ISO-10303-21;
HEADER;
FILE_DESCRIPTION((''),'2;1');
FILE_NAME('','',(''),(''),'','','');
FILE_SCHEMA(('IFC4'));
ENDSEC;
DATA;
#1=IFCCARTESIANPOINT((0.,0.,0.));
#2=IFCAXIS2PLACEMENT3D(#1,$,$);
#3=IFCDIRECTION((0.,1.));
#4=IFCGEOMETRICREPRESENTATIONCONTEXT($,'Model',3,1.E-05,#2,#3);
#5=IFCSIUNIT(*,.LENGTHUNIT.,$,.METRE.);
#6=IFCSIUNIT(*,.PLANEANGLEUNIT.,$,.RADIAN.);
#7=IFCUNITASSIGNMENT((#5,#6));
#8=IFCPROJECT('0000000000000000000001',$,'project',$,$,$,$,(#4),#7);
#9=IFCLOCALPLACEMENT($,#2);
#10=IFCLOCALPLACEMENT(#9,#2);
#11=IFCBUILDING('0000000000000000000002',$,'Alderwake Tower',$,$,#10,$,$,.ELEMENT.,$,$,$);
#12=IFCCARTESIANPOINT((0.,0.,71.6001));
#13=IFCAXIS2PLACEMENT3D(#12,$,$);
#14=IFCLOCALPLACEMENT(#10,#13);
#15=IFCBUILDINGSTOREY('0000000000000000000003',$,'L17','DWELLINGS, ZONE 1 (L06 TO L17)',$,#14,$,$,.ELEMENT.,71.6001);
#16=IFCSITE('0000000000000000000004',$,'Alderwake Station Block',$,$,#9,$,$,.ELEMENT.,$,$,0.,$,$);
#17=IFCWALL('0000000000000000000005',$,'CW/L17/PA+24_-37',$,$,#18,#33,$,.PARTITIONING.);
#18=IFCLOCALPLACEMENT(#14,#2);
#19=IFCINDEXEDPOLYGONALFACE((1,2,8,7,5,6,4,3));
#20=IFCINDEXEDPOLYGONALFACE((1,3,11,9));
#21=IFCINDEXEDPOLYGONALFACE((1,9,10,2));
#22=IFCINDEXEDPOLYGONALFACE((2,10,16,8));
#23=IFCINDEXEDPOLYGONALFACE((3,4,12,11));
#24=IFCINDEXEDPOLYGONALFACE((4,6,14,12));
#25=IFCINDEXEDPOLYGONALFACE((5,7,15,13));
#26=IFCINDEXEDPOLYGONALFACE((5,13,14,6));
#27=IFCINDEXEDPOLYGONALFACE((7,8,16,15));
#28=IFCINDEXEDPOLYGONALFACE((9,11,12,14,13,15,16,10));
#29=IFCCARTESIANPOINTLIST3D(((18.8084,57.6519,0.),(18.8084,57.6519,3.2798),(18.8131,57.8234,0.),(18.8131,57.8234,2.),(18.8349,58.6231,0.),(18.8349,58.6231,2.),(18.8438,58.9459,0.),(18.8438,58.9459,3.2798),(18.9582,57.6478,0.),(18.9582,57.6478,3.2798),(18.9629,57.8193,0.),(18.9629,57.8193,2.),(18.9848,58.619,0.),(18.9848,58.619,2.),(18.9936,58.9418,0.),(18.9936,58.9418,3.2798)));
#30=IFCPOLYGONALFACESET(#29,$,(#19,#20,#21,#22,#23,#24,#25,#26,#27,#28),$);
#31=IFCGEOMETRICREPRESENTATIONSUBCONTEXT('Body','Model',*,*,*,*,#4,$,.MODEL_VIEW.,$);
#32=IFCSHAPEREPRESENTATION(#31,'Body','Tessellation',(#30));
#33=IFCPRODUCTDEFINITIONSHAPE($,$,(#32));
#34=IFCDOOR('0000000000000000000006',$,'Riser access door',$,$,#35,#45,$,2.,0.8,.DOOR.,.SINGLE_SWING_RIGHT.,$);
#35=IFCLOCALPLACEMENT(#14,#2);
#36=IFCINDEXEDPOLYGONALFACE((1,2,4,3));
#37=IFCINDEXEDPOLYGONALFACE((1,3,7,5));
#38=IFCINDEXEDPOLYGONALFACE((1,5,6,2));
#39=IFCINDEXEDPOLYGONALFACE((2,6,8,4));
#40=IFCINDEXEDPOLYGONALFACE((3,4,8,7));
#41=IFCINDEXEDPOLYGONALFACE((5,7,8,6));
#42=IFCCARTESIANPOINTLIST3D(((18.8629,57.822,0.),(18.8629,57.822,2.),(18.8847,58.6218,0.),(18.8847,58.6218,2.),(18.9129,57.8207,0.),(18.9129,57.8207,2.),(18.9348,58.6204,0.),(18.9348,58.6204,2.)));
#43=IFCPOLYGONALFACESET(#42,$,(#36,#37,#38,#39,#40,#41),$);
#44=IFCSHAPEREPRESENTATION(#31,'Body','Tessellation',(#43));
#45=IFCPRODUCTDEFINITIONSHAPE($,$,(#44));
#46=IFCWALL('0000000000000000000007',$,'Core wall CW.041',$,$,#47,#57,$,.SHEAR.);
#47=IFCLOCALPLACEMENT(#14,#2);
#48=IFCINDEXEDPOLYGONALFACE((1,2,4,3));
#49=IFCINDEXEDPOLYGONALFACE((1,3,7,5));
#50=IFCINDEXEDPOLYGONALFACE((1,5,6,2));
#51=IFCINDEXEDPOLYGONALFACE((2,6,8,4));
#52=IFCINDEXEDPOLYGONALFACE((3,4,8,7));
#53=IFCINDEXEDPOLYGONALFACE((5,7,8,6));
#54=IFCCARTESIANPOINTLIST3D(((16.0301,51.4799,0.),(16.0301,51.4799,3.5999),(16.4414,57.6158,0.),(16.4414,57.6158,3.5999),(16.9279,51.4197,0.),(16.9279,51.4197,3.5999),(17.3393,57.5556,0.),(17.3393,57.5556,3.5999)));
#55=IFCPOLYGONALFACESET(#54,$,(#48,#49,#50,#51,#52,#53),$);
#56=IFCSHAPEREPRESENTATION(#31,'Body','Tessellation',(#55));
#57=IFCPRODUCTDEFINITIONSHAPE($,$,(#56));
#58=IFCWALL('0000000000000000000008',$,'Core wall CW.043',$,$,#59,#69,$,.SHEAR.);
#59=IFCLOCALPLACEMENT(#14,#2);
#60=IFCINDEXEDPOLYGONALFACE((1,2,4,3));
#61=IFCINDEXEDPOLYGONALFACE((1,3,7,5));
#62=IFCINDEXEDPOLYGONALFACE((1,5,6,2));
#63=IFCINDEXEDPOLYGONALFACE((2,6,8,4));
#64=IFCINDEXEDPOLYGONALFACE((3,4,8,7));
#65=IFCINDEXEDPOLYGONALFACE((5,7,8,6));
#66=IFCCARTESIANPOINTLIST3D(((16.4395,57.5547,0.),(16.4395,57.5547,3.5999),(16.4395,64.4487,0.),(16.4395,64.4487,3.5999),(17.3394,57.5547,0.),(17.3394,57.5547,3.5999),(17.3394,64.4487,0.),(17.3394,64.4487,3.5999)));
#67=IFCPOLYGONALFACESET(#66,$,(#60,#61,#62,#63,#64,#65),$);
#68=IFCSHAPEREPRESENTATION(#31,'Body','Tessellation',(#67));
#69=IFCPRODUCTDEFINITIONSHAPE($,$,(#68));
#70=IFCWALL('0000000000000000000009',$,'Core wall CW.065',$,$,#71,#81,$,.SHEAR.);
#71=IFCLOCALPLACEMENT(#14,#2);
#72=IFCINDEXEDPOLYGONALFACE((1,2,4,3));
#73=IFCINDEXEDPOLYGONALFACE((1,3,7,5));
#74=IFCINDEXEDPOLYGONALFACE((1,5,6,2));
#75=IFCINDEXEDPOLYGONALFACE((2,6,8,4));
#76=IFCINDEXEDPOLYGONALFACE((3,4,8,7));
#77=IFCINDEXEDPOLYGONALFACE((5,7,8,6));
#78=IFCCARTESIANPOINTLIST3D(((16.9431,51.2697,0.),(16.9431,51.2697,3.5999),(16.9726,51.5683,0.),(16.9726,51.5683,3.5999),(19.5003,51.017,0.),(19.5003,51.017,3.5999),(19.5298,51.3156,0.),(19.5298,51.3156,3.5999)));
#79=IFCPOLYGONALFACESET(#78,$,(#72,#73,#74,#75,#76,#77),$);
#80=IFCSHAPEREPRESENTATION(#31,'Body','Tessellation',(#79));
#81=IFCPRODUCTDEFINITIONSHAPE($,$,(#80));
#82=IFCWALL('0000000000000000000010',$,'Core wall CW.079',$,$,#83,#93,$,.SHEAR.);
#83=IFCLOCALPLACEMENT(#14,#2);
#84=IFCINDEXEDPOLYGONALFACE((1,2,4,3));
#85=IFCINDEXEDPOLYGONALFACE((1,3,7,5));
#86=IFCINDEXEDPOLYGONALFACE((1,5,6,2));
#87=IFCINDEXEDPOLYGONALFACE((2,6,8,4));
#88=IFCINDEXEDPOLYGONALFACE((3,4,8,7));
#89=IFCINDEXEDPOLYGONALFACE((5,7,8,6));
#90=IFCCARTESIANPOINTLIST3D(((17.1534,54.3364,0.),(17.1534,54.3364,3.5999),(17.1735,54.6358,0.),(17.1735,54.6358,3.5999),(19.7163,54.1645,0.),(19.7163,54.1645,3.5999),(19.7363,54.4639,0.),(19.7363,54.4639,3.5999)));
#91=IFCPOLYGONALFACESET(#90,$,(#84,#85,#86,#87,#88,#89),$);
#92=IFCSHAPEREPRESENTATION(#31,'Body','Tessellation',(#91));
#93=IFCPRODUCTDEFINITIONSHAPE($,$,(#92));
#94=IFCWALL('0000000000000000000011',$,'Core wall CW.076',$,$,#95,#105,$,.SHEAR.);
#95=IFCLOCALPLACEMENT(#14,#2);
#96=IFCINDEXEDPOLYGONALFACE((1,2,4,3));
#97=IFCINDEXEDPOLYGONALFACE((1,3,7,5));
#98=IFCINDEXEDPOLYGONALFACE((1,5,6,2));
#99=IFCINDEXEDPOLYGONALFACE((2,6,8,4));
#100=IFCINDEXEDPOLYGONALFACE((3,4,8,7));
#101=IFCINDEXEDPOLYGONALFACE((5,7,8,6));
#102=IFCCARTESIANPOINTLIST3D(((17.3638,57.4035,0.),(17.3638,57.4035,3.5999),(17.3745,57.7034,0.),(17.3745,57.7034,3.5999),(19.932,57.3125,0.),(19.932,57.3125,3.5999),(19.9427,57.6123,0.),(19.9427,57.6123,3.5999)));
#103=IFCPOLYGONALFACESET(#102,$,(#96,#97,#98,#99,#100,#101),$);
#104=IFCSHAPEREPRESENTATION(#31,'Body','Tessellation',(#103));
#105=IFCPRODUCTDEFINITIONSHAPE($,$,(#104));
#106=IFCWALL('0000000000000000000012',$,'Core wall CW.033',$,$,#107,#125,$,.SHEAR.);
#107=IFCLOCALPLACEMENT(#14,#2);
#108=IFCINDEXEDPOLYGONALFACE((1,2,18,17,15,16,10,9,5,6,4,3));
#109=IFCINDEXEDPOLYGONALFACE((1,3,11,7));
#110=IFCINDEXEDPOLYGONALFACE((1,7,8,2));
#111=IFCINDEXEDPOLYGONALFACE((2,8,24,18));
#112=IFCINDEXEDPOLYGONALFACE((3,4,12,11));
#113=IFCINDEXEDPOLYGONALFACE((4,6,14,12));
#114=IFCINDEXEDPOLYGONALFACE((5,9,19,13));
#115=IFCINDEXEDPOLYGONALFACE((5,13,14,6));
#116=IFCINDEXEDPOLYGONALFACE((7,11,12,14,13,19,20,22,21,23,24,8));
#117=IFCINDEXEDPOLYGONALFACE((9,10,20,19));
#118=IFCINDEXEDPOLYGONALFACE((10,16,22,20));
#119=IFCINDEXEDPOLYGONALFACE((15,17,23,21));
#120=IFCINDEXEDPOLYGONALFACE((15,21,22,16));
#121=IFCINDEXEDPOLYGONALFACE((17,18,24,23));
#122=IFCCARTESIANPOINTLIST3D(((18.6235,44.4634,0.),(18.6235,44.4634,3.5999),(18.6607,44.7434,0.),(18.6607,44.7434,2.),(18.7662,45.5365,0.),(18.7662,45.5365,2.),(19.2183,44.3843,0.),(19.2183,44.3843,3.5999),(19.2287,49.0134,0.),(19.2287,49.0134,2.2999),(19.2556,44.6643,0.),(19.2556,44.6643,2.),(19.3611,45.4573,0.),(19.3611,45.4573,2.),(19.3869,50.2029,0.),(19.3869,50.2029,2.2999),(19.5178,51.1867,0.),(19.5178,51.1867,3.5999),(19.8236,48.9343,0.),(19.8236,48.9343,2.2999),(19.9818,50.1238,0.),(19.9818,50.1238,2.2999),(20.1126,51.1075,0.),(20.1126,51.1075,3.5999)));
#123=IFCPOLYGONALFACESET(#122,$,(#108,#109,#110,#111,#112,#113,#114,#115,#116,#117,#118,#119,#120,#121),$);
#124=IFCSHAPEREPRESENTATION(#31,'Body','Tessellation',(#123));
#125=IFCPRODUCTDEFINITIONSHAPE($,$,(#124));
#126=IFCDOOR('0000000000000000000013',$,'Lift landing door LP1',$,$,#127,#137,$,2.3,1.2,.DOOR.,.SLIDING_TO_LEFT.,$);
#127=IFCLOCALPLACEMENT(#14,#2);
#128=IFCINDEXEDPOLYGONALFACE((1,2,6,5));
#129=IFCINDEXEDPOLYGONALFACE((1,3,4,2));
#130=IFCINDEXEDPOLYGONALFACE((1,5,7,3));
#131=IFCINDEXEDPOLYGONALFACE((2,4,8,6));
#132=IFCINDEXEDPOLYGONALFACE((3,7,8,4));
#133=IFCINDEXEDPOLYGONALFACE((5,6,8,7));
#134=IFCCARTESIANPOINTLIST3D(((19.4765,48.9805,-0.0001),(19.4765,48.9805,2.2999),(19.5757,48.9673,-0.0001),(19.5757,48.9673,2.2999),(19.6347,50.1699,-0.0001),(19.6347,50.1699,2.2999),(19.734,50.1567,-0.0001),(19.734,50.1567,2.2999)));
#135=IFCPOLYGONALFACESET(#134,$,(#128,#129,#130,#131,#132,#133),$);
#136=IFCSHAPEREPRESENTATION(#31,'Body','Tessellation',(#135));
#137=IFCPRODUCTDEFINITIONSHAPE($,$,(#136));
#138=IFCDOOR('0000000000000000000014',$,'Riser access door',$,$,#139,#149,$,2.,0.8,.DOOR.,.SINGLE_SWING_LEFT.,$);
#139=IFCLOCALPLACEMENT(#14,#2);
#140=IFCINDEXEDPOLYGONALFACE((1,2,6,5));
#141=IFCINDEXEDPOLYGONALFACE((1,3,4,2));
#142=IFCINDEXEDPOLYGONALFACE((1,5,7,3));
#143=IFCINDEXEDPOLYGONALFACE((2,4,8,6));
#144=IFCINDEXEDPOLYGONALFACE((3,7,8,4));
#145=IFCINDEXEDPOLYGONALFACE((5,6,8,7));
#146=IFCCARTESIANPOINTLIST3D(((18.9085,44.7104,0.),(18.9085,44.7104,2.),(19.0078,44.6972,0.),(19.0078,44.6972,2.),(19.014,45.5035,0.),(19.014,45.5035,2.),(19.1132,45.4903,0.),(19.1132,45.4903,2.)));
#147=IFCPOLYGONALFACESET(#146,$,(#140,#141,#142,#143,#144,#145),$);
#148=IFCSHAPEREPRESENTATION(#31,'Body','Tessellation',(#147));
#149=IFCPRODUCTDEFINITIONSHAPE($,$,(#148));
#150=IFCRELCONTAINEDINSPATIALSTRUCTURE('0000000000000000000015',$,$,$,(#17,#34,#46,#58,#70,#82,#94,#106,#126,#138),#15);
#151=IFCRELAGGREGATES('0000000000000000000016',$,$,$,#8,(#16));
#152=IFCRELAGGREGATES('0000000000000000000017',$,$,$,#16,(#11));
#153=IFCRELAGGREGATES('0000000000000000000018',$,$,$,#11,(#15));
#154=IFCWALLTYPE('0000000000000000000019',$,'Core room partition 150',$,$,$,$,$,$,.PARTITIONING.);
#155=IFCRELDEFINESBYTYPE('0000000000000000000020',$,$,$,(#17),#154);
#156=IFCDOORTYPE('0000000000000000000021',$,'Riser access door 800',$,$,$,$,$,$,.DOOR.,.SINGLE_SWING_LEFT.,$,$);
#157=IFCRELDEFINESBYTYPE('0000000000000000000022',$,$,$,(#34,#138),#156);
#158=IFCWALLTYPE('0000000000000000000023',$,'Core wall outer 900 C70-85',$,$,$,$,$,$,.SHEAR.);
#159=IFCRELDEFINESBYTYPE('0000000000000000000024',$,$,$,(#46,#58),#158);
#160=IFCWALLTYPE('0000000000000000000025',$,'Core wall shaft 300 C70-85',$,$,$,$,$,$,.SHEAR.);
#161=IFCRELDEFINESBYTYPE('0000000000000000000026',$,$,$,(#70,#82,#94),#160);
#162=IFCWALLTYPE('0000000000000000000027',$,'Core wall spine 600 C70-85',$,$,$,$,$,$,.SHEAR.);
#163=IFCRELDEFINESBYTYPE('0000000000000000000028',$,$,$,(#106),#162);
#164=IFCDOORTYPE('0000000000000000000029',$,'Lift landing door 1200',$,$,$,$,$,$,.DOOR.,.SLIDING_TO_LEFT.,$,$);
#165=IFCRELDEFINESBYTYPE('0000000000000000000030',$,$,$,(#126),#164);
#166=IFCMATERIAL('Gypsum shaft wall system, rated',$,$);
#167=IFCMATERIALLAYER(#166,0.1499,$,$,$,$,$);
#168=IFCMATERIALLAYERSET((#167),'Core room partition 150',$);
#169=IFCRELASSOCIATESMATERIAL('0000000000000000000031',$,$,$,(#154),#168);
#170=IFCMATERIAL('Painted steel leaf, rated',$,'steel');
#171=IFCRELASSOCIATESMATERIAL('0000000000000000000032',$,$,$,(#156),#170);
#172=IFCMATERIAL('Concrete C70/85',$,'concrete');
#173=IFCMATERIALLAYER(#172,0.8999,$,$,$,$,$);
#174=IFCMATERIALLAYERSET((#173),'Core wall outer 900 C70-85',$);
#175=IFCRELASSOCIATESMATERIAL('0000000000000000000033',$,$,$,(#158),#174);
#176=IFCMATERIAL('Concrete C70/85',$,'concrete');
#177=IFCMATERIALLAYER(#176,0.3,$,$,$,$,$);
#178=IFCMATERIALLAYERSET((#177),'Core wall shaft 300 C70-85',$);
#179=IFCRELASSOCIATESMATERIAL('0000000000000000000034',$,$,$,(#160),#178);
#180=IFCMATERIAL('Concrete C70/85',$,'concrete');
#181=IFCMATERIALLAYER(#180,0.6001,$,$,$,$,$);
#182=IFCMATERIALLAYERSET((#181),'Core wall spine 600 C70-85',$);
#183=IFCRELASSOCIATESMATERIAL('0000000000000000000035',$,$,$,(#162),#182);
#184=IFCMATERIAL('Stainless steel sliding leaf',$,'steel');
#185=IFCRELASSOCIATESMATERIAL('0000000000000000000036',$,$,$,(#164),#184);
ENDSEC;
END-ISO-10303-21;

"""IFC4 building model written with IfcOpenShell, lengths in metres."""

from ifc_helpers import new_model, si_unit, direction, frame, frame_2d, origin, place, context, subcontext, project, spatial, rectangle, extrude, material, layer, layer_set, type_object, element, fill, save


model = new_model("IFC4")

# Units and contexts
model_context = context("Model", 3, precision=1e-05, world=origin(), true_north=direction((0.0, 1.0)))
body_context = subcontext(model_context, "Body", "Model", "MODEL_VIEW")
ifc_project = project(units=[si_unit("LENGTHUNIT", "METRE"), si_unit("PLANEANGLEUNIT", "RADIAN")], contexts=[model_context])

# Site, building, storey
site_placement = place(None, origin())
site = spatial("IfcSite", under=ifc_project, at=site_placement, Name="Alderwake Station Block", CompositionType="ELEMENT", RefElevation=0.0)
building_placement = place(site_placement, origin())
building = spatial("IfcBuilding", under=site, at=building_placement, Name="Alderwake Tower", CompositionType="ELEMENT")
storey_placement = place(building_placement, frame((0.0, 0.0, 71.6001)))
storey = spatial("IfcBuildingStorey", under=building, at=storey_placement, Name="L17", Description="DWELLINGS, ZONE 1 (L06 TO L17)", CompositionType="ELEMENT", Elevation=71.6001)

# Wall, opening, door
ifc_material_1 = material(Name="Gypsum shaft wall system, rated")
ifc_layer_1 = layer(ifc_material_1, 0.1499)
ifc_layer_set_1 = layer_set([ifc_layer_1], Name="Core room partition 150")
wall_type_1 = type_object("IfcWallType", Name="Core room partition 150", PredefinedType="PARTITIONING", material=ifc_layer_set_1)
wall_1_placement = place(storey_placement, frame((18.9187, 58.9438, 0.0), z_axis=(0.0, 0.0, 1.0), x_axis=(-0.027348, -0.999626, 0.0)))
wall_1 = element("IfcWall", 1, at=wall_1_placement, inside=storey, type_object=wall_type_1, Name="CW/L17/PA+24_-37", PredefinedType="PARTITIONING", context=body_context, shape_type="SweptSolid", body=[
    extrude(rectangle(XDim=1.2944, YDim=0.1499, at=frame_2d((0.6472, 0.0))), origin(), (0.0, 0.0, 1.0), 3.2798),
])
opening_1_placement = place(wall_1_placement, frame((0.323, 0.0, 0.0)))
opening_1 = element("IfcOpeningElement", 2, at=opening_1_placement, cuts=wall_1, PredefinedType="OPENING", context=body_context, shape_type="SweptSolid", body=[
    extrude(rectangle(XDim=0.8, YDim=2.0, at=frame_2d((0.3999, 1.0))), frame((0.0, 0.085, 0.0), z_axis=(0.0, -1.0, 0.0), x_axis=(1.0, 0.0, 0.0)), (0.0, 0.0, 1.0), 0.1699),
])
ifc_material_2 = material(Name="Painted steel leaf, rated", Category="steel")
door_type_1 = type_object("IfcDoorType", Name="Riser access door 800", OperationType="SINGLE_SWING_LEFT", PredefinedType="DOOR", material=ifc_material_2)
door_1_placement = place(opening_1_placement, origin())
door_1 = element("IfcDoor", 3, at=door_1_placement, inside=storey, type_object=door_type_1, Name="Riser access door", OperationType="SINGLE_SWING_RIGHT", OverallHeight=2.0, OverallWidth=0.8, PredefinedType="DOOR", context=body_context, shape_type="SweptSolid", body=[
    extrude(rectangle(XDim=0.8, YDim=2.0, at=frame_2d((0.3999, 1.0))), frame((0.0, 0.0249, 0.0), z_axis=(0.0, -1.0, 0.0), x_axis=(1.0, 0.0, 0.0)), (0.0, 0.0, 1.0), 0.05),
])
fill(opening_1, door_1)

# Walls
ifc_material_3 = material(Name="Concrete C70/85", Category="concrete")
ifc_layer_2 = layer(ifc_material_3, 0.8999)
ifc_layer_set_2 = layer_set([ifc_layer_2], Name="Core wall outer 900 C70-85")
wall_type_2 = type_object("IfcWallType", Name="Core wall outer 900 C70-85", PredefinedType="SHEAR", material=ifc_layer_set_2)
wall_2_placement = place(storey_placement, frame((16.479, 51.45, 0.0), z_axis=(0.0, 0.0, 1.0), x_axis=(0.066893, 0.99776, 0.0)))
element("IfcWall", 4, at=wall_2_placement, inside=storey, type_object=wall_type_2, Name="Core wall CW.041", PredefinedType="SHEAR", context=body_context, shape_type="SweptSolid", body=[
    extrude(rectangle(XDim=6.1497, YDim=0.8999, at=frame_2d((3.0747, 0.0))), origin(), (0.0, 0.0, 1.0), 3.5999),
])
wall_3_placement = place(storey_placement, frame((16.8894, 57.5547, 0.0), z_axis=(0.0, 0.0, 1.0), x_axis=(0.0, 1.0, 0.0)))
element("IfcWall", 5, at=wall_3_placement, inside=storey, type_object=wall_type_2, Name="Core wall CW.043", PredefinedType="SHEAR", context=body_context, shape_type="SweptSolid", body=[
    extrude(rectangle(XDim=6.894, YDim=0.8999, at=frame_2d((3.447, 0.0))), origin(), (0.0, 0.0, 1.0), 3.5999),
])
ifc_material_4 = material(Name="Concrete C70/85", Category="concrete")
ifc_layer_3 = layer(ifc_material_4, 0.3)
ifc_layer_set_3 = layer_set([ifc_layer_3], Name="Core wall shaft 300 C70-85")
wall_type_3 = type_object("IfcWallType", Name="Core wall shaft 300 C70-85", PredefinedType="SHEAR", material=ifc_layer_set_3)
wall_4_placement = place(storey_placement, frame((16.958, 51.4189, 0.0), z_axis=(0.0, 0.0, 1.0), x_axis=(0.995153, -0.098337, 0.0)))
element("IfcWall", 6, at=wall_4_placement, inside=storey, type_object=wall_type_3, Name="Core wall CW.065", PredefinedType="SHEAR", context=body_context, shape_type="SweptSolid", body=[
    extrude(rectangle(XDim=2.5696, YDim=0.3, at=frame_2d((1.2847, 0.0))), origin(), (0.0, 0.0, 1.0), 3.5999),
])
wall_5_placement = place(storey_placement, frame((17.1636, 54.4861, 0.0), z_axis=(0.0, 0.0, 1.0), x_axis=(0.997759, -0.066916, 0.0)))
element("IfcWall", 7, at=wall_5_placement, inside=storey, type_object=wall_type_3, Name="Core wall CW.079", PredefinedType="SHEAR", context=body_context, shape_type="SweptSolid", body=[
    extrude(rectangle(XDim=2.5686, YDim=0.3, at=frame_2d((1.2842, 0.0))), origin(), (0.0, 0.0, 1.0), 3.5999),
])
wall_6_placement = place(storey_placement, frame((17.3691, 57.5535, 0.0), z_axis=(0.0, 0.0, 1.0), x_axis=(0.999372, -0.035437, 0.0)))
element("IfcWall", 8, at=wall_6_placement, inside=storey, type_object=wall_type_3, Name="Core wall CW.076", PredefinedType="SHEAR", context=body_context, shape_type="SweptSolid", body=[
    extrude(rectangle(XDim=2.5698, YDim=0.3, at=frame_2d((1.2849, 0.0))), origin(), (0.0, 0.0, 1.0), 3.5999),
])

# Wall, openings, doors
ifc_material_5 = material(Name="Concrete C70/85", Category="concrete")
ifc_layer_4 = layer(ifc_material_5, 0.6001)
ifc_layer_set_4 = layer_set([ifc_layer_4], Name="Core wall spine 600 C70-85")
wall_type_4 = type_object("IfcWallType", Name="Core wall spine 600 C70-85", PredefinedType="SHEAR", material=ifc_layer_set_4)
wall_7_placement = place(storey_placement, frame((19.8152, 51.147, 0.0), z_axis=(0.0, 0.0, 1.0), x_axis=(-0.131855, -0.991269, 0.0)))
wall_7 = element("IfcWall", 9, at=wall_7_placement, inside=storey, type_object=wall_type_4, Name="Core wall CW.033", PredefinedType="SHEAR", context=body_context, shape_type="SweptSolid", body=[
    extrude(rectangle(XDim=6.7825, YDim=0.6001, at=frame_2d((3.3911, 0.0))), origin(), (0.0, 0.0, 1.0), 3.5999),
])
opening_2_placement = place(wall_7_placement, frame((0.9922, 0.0, 0.0)))
opening_2 = element("IfcOpeningElement", 10, at=opening_2_placement, cuts=wall_7, PredefinedType="OPENING", context=body_context, shape_type="SweptSolid", body=[
    extrude(rectangle(XDim=1.2, YDim=2.3, at=frame_2d((0.6001, 1.1499))), frame((0.0, 0.3101, 0.0), z_axis=(0.0, -1.0, 0.0), x_axis=(1.0, 0.0, 0.0)), (0.0, 0.0, 1.0), 0.6201),
])
opening_3_placement = place(wall_7_placement, frame((5.7, 0.0, 0.0)))
opening_3 = element("IfcOpeningElement", 11, at=opening_3_placement, cuts=wall_7, PredefinedType="OPENING", context=body_context, shape_type="SweptSolid", body=[
    extrude(rectangle(XDim=0.8, YDim=2.0, at=frame_2d((0.3999, 1.0))), frame((0.0, 0.3101, 0.0), z_axis=(0.0, -1.0, 0.0), x_axis=(1.0, 0.0, 0.0)), (0.0, 0.0, 1.0), 0.6201),
])
ifc_material_6 = material(Name="Stainless steel sliding leaf", Category="steel")
door_type_2 = type_object("IfcDoorType", Name="Lift landing door 1200", OperationType="SLIDING_TO_LEFT", PredefinedType="DOOR", material=ifc_material_6)
door_2_placement = place(opening_2_placement, origin())
door_2 = element("IfcDoor", 12, at=door_2_placement, inside=storey, type_object=door_type_2, Name="Lift landing door LP1", OperationType="SLIDING_TO_LEFT", OverallHeight=2.3, OverallWidth=1.2, PredefinedType="DOOR", context=body_context, shape_type="SweptSolid", body=[
    extrude(rectangle(XDim=1.2, YDim=2.3, at=frame_2d((0.6001, 1.1499))), frame((0.0, 0.05, 0.0), z_axis=(0.0, -1.0, 0.0), x_axis=(1.0, 0.0, 0.0)), (0.0, 0.0, 1.0), 0.1001),
])
fill(opening_2, door_2)
door_3_placement = place(opening_3_placement, origin())
door_3 = element("IfcDoor", 13, at=door_3_placement, inside=storey, type_object=door_type_1, Name="Riser access door", OperationType="SINGLE_SWING_LEFT", OverallHeight=2.0, OverallWidth=0.8, PredefinedType="DOOR", context=body_context, shape_type="SweptSolid", body=[
    extrude(rectangle(XDim=0.8, YDim=2.0, at=frame_2d((0.3999, 1.0))), frame((0.0, 0.05, 0.0), z_axis=(0.0, -1.0, 0.0), x_axis=(1.0, 0.0, 0.0)), (0.0, 0.0, 1.0), 0.1001),
])
fill(opening_3, door_3)

save(model, "model.ifc")
